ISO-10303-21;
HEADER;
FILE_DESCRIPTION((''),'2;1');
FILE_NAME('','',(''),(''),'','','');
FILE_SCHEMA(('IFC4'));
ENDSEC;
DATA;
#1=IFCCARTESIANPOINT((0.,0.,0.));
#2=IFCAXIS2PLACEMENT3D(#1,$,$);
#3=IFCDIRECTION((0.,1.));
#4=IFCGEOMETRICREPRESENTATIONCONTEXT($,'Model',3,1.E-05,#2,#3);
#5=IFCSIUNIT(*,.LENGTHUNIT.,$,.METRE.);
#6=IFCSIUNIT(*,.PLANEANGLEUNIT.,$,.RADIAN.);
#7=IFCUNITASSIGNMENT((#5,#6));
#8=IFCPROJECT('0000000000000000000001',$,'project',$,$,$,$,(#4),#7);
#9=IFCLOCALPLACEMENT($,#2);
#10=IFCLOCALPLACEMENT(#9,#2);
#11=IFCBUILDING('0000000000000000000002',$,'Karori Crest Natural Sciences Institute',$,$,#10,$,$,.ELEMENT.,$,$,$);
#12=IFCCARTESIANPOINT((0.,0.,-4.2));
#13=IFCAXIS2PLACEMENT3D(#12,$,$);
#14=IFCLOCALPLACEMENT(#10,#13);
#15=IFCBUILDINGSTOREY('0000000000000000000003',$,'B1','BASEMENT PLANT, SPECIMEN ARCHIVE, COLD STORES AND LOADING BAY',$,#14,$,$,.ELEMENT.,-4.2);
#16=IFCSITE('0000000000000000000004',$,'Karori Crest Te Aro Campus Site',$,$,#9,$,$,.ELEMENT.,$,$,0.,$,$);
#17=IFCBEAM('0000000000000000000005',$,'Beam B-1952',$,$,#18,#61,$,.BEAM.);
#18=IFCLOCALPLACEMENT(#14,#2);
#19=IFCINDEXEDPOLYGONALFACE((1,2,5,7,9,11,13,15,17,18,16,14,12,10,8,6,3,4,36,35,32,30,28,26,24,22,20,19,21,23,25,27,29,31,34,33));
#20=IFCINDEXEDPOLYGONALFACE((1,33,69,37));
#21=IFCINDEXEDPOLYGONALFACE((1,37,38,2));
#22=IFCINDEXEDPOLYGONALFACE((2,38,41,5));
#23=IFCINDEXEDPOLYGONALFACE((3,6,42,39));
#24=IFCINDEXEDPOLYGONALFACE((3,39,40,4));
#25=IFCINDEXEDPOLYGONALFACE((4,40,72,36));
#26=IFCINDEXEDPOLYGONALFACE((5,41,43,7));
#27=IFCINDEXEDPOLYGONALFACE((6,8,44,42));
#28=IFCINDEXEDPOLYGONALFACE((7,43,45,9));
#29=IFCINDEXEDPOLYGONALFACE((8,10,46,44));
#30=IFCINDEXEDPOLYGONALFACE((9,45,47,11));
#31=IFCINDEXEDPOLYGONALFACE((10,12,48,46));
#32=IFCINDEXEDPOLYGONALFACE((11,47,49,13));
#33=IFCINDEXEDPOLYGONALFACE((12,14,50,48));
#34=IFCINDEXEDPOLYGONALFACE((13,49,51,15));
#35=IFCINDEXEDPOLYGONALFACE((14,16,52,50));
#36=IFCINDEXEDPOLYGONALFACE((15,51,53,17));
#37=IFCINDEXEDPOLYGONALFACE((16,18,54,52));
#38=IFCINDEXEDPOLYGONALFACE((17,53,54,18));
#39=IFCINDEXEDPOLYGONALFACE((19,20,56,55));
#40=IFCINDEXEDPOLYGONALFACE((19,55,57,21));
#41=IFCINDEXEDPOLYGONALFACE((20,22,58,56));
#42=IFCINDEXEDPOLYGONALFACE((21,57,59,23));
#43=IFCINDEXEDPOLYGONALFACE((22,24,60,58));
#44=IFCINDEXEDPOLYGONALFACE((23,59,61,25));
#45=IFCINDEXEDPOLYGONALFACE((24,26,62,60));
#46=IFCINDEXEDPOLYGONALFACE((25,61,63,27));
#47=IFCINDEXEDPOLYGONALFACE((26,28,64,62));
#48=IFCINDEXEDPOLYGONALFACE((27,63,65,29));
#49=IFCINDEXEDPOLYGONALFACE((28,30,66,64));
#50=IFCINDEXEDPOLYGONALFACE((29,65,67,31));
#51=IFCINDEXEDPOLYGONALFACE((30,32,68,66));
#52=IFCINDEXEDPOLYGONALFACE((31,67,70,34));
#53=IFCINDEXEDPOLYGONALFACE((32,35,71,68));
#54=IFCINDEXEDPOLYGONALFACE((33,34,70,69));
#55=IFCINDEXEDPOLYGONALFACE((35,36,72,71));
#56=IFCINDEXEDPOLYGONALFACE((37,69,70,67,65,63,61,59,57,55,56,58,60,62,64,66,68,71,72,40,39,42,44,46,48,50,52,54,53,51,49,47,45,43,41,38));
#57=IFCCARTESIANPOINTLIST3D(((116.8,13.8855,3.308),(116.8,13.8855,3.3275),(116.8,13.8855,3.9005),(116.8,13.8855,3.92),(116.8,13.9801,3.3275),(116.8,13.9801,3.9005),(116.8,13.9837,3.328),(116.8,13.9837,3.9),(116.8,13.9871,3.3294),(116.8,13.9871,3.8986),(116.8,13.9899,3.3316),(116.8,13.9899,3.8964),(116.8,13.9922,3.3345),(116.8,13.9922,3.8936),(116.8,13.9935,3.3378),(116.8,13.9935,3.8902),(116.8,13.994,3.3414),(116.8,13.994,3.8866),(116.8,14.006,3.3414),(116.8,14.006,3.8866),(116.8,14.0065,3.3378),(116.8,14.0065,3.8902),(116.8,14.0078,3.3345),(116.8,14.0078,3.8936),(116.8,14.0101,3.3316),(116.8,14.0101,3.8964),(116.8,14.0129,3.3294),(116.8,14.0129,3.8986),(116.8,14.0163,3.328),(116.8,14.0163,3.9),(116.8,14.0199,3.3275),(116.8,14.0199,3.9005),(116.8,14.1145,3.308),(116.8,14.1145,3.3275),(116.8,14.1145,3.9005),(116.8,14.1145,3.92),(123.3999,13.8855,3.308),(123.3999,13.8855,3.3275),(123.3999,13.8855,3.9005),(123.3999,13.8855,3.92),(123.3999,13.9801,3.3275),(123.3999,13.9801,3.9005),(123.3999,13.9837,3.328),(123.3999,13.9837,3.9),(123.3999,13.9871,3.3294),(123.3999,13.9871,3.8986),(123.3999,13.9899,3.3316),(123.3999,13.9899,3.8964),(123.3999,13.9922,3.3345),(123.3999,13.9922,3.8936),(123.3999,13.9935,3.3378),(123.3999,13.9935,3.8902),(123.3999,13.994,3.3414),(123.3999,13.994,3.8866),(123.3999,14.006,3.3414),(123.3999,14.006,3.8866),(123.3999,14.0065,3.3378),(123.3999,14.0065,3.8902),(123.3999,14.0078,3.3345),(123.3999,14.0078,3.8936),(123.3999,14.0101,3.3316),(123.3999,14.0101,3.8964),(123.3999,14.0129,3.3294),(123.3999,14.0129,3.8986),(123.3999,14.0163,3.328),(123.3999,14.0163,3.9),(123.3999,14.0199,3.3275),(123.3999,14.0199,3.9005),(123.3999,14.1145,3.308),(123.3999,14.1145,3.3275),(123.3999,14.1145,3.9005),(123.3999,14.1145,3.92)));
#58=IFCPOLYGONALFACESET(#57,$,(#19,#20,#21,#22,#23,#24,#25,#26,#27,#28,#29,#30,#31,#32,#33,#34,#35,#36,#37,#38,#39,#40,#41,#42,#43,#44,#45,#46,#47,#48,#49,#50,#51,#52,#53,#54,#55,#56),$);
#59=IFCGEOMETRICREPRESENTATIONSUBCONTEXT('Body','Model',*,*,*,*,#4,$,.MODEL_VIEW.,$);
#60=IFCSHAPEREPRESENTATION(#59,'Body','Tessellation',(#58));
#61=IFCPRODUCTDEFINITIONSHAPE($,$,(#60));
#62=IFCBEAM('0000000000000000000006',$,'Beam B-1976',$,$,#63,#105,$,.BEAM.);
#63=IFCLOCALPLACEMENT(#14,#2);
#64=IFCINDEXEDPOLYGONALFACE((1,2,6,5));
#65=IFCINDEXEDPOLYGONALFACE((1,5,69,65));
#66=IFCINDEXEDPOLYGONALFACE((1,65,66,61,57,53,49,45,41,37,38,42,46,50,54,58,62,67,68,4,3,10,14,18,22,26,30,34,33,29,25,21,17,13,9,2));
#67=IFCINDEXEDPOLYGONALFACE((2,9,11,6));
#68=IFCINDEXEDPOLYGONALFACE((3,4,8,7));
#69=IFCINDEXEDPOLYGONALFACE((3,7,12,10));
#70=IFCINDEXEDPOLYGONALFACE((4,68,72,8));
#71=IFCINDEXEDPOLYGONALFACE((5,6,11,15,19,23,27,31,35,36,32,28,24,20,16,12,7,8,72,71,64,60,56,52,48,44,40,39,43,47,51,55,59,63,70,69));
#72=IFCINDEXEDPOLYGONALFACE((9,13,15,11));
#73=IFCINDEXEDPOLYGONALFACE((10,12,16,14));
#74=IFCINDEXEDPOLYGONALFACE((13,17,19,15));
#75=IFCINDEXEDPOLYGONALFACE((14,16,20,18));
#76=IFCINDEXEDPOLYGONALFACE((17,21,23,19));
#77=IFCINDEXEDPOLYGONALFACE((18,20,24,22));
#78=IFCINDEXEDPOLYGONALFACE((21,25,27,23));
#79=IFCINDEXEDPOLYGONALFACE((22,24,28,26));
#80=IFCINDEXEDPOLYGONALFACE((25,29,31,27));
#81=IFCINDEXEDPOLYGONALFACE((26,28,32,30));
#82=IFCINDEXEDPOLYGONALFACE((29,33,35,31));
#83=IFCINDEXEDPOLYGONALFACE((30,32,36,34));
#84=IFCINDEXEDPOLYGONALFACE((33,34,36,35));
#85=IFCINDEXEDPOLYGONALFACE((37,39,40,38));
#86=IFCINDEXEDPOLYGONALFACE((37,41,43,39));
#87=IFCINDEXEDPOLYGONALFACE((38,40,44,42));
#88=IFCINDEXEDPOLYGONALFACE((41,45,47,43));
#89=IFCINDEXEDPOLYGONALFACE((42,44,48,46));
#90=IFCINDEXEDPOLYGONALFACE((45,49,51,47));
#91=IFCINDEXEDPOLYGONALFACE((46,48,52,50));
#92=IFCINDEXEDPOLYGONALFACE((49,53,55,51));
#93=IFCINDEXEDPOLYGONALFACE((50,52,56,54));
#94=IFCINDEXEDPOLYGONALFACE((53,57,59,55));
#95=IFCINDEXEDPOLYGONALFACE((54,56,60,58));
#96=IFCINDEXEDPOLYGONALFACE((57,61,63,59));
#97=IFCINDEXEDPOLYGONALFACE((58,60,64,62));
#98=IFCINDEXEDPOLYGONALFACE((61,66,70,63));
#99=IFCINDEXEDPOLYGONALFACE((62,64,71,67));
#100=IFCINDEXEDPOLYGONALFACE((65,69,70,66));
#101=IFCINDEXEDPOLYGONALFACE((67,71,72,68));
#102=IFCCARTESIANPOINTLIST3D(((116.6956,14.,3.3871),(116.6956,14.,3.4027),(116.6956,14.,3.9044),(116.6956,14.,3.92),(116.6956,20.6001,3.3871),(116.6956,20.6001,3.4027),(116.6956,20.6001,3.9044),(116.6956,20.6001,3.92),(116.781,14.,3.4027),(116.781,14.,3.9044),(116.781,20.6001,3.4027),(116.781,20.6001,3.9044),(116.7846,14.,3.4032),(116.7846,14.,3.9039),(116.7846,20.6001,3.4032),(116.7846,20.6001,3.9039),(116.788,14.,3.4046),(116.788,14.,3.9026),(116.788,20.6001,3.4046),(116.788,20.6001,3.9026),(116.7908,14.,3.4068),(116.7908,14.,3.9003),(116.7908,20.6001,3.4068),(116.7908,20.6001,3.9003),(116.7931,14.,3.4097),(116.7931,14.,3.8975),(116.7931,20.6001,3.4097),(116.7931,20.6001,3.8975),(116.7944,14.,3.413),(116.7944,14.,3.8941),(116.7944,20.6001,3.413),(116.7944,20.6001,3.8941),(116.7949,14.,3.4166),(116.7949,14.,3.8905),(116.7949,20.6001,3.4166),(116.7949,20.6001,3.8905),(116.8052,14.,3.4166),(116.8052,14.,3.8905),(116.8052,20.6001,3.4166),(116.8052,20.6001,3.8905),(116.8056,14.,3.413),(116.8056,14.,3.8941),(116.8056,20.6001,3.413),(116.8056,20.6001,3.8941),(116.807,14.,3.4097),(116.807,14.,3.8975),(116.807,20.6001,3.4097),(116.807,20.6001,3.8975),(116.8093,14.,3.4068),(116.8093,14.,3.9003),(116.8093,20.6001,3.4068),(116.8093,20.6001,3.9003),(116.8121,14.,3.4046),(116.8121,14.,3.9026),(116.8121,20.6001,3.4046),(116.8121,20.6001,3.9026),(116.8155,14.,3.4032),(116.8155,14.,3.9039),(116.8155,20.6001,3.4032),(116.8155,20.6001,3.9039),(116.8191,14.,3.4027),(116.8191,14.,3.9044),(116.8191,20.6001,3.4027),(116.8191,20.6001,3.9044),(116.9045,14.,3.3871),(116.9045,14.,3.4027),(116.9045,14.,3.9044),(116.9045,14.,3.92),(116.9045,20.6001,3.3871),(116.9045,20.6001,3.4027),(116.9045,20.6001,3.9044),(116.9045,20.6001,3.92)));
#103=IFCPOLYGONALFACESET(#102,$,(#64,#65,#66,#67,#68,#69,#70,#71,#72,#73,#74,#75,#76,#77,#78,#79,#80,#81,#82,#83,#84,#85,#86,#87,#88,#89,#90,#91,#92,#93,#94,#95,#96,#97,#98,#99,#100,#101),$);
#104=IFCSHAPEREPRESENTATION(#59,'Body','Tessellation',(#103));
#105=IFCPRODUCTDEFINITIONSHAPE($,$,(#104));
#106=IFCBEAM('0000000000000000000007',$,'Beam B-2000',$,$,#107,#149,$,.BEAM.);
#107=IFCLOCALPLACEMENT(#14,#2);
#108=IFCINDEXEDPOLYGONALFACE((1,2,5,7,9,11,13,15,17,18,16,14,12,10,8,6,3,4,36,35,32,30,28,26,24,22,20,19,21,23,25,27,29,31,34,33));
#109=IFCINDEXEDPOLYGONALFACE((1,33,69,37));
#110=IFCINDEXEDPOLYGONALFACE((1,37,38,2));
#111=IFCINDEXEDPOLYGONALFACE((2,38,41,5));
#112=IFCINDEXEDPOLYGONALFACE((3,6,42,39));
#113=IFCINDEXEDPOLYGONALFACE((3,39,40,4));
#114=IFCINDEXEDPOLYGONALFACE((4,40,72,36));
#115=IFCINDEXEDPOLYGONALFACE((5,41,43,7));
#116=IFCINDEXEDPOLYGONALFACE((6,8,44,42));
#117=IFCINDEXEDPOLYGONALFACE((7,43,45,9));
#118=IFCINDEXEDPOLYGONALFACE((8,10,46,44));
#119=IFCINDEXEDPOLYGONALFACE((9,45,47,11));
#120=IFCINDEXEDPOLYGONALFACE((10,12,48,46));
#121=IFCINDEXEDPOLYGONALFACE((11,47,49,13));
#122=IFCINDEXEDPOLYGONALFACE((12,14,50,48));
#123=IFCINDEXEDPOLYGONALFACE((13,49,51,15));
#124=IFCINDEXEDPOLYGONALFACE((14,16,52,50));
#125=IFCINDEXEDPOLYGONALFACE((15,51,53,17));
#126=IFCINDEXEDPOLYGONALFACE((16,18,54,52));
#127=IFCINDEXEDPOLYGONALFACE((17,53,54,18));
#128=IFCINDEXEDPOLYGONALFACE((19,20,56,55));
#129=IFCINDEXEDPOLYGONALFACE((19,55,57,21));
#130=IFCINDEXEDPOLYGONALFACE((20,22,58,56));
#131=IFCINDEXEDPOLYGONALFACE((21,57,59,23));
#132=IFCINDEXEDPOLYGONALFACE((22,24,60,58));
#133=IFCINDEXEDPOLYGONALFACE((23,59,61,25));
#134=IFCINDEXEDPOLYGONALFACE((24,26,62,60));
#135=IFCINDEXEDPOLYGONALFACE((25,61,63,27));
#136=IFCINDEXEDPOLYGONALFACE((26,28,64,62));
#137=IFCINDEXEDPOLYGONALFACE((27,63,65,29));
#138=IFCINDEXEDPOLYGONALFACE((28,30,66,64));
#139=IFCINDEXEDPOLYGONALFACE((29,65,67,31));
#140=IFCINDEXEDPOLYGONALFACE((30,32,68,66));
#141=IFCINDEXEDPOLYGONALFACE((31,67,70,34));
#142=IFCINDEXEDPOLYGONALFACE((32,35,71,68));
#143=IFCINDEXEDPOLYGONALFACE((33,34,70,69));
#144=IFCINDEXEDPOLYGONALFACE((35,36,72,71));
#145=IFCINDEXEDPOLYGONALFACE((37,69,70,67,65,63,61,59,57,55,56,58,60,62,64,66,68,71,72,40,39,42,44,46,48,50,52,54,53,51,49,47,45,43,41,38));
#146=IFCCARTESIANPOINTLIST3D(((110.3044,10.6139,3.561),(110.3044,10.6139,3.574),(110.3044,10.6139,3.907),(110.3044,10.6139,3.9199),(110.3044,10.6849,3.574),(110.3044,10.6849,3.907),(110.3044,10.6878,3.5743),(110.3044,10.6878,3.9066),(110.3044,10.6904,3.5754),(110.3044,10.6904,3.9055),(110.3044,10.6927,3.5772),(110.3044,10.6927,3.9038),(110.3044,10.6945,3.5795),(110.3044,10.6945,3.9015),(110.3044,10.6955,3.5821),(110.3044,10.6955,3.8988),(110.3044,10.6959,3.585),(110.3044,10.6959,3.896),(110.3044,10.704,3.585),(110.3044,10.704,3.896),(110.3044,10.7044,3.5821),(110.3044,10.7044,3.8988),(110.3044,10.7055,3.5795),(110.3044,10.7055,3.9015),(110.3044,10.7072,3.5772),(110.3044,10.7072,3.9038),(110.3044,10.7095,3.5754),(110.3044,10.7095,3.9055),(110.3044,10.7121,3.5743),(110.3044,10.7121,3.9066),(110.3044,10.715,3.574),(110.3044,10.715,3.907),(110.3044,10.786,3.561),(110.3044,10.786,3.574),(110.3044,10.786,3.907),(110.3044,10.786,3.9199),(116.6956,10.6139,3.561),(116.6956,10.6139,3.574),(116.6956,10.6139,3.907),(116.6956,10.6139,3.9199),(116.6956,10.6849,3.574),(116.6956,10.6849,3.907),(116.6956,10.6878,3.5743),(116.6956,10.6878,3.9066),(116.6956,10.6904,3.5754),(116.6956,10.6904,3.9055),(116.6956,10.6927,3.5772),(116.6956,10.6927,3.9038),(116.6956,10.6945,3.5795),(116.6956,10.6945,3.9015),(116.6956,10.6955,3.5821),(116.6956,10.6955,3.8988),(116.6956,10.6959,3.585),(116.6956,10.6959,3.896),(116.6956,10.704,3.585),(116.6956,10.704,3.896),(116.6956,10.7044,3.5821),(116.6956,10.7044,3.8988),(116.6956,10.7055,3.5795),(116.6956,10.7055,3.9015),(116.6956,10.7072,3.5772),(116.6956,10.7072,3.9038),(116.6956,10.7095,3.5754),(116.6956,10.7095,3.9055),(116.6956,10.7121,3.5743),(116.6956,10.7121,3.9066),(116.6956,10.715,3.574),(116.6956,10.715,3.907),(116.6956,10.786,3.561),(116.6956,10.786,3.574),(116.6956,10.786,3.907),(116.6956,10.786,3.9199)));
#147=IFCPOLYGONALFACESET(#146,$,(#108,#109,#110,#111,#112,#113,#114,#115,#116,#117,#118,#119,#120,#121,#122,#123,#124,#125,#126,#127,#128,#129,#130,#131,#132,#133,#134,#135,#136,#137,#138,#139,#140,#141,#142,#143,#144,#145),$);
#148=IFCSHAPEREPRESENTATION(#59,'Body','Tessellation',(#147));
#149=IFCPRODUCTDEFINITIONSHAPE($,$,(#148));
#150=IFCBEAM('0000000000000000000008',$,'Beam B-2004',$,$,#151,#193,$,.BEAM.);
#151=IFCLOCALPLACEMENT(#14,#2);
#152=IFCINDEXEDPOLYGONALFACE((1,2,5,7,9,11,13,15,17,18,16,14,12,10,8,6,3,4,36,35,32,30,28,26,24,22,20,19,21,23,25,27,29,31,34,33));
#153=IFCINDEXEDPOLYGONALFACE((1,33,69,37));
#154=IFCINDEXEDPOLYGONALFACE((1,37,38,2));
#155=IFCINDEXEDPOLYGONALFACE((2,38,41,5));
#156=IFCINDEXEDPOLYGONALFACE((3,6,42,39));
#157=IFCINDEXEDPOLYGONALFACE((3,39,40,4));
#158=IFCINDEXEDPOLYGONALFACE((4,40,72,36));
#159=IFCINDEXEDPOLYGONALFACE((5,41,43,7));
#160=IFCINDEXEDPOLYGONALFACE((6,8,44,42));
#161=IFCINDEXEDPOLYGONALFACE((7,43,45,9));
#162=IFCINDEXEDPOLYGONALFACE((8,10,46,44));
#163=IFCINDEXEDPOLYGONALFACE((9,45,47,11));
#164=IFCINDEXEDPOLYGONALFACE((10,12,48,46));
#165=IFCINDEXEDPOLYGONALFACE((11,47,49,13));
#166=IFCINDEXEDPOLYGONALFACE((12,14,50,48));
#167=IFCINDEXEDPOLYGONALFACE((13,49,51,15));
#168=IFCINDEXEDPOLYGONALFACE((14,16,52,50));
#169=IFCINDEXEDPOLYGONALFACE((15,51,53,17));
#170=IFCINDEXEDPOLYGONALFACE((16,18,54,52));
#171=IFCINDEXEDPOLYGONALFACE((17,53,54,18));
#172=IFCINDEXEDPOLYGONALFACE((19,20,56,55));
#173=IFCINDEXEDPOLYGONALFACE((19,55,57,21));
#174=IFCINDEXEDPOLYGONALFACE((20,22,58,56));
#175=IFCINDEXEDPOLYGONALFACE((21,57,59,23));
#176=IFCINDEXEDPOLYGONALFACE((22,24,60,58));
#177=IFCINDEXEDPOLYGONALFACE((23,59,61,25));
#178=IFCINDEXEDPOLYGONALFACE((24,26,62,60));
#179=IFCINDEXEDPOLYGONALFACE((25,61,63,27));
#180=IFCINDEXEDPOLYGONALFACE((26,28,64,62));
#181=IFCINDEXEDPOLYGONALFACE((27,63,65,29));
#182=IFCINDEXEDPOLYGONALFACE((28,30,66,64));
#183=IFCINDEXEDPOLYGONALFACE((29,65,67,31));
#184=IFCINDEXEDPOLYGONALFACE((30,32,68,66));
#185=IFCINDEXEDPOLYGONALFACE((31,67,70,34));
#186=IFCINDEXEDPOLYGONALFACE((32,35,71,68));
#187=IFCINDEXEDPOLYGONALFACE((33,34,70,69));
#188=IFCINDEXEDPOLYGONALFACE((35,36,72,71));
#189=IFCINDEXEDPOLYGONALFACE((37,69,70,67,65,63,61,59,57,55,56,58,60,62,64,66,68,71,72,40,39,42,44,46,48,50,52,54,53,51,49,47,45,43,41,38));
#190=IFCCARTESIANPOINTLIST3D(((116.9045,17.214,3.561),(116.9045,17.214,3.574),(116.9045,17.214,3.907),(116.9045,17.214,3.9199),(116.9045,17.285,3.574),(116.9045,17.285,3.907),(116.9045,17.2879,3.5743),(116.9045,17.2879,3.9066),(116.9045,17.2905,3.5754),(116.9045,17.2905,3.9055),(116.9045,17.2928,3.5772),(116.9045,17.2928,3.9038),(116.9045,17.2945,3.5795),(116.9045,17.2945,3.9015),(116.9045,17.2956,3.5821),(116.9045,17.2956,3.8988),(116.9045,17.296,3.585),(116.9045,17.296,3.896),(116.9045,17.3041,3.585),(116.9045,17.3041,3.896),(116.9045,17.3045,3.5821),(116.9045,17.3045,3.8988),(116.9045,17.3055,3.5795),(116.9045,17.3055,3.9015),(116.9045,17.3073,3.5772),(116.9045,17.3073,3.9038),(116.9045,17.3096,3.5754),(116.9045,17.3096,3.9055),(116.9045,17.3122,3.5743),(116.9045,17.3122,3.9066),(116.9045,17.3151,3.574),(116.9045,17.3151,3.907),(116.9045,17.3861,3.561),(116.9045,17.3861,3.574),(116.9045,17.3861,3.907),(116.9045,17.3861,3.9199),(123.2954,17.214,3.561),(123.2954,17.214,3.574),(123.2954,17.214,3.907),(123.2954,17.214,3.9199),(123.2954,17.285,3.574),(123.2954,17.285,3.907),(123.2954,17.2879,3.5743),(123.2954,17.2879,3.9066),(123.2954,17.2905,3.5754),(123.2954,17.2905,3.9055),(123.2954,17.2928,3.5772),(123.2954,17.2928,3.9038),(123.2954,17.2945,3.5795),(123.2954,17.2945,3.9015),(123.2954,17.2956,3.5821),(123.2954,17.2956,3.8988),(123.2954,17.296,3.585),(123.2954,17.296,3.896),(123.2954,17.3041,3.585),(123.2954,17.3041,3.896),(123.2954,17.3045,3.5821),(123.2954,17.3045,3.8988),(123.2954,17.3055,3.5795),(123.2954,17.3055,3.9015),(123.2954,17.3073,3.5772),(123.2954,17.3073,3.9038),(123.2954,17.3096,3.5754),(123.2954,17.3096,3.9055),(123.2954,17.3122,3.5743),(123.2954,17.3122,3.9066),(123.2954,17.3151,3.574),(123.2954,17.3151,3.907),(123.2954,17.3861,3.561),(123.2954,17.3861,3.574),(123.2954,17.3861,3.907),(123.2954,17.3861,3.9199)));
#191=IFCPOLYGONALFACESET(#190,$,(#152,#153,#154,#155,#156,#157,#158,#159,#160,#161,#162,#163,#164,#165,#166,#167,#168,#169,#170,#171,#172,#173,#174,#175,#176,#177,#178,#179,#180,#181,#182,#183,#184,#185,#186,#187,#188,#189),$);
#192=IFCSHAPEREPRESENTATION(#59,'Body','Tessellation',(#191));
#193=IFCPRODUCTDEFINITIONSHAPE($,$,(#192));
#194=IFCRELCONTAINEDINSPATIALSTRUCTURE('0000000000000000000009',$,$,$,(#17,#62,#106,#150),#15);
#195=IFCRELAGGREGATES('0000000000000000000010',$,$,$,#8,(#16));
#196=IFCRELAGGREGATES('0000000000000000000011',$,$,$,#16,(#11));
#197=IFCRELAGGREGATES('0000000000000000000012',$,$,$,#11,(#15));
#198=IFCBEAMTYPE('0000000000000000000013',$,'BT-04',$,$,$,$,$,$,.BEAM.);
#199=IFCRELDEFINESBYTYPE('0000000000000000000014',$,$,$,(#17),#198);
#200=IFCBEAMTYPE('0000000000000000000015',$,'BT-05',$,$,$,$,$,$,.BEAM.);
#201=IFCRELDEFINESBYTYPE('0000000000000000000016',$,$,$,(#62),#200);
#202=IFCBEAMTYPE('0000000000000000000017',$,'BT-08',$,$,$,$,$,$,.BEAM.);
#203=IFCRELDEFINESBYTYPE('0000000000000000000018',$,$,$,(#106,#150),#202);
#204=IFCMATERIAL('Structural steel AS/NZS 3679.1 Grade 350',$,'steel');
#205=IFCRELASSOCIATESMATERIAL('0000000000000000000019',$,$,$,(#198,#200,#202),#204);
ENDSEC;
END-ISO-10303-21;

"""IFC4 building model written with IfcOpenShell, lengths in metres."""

from ifc_helpers import new_model, si_unit, direction, frame, origin, origin_2d, place, context, subcontext, project, spatial, i_section, extrude, material, material_profile, profile_set, type_object, element, save


model = new_model("IFC4")

# Units and contexts
model_context = context("Model", 3, precision=1e-05, world=origin(), true_north=direction((0.0, 1.0)))
body_context = subcontext(model_context, "Body", "Model", "MODEL_VIEW")
ifc_project = project(units=[si_unit("LENGTHUNIT", "METRE"), si_unit("PLANEANGLEUNIT", "RADIAN")], contexts=[model_context])

# Site, building, storey
site_placement = place(None, origin())
site = spatial("IfcSite", under=ifc_project, at=site_placement, Name="Karori Crest Te Aro Campus Site", CompositionType="ELEMENT", RefElevation=0.0)
building_placement = place(site_placement, origin())
building = spatial("IfcBuilding", under=site, at=building_placement, Name="Karori Crest Natural Sciences Institute", CompositionType="ELEMENT")
storey_placement = place(building_placement, frame((0.0, 0.0, -4.2)))
storey = spatial("IfcBuildingStorey", under=building, at=storey_placement, Name="B1", Description="BASEMENT PLANT, SPECIMEN ARCHIVE, COLD STORES AND LOADING BAY", CompositionType="ELEMENT", Elevation=-4.2)

# Shared definitions
ifc_material_1 = material(Name="Structural steel AS/NZS 3679.1 Grade 350", Category="steel")

# Beams
ifc_material_profile_1 = material_profile(ifc_material_1, i_section(OverallWidth=0.229, OverallDepth=0.6121, WebThickness=0.012, FlangeThickness=0.0195, FilletRadius=0.0139, at=origin_2d()), Name="610UB125")
ifc_profile_set_1 = profile_set([ifc_material_profile_1], Name="Structural steel AS/NZS 3679.1 Grade 350")
beam_type_1 = type_object("IfcBeamType", Name="BT-04", PredefinedType="BEAM", material=ifc_profile_set_1)
beam_1_placement = place(storey_placement, frame((116.8, 14.0, 3.614), z_axis=(1.0, 0.0, 0.0), x_axis=(0.0, 1.0, 0.0)))
element("IfcBeam", 1, at=beam_1_placement, inside=storey, type_object=beam_type_1, Name="Beam B-1952", PredefinedType="BEAM", context=body_context, shape_type="SweptSolid", body=[
    extrude(i_section(OverallWidth=0.229, OverallDepth=0.6121, WebThickness=0.012, FlangeThickness=0.0195, FilletRadius=0.0139, at=origin_2d()), origin(), (0.0, 0.0, 1.0), 6.5999),
])
ifc_material_profile_2 = material_profile(ifc_material_1, i_section(OverallWidth=0.209, OverallDepth=0.533, WebThickness=0.0103, FlangeThickness=0.0156, FilletRadius=0.0139, at=origin_2d()), Name="530UB92.4")
ifc_profile_set_2 = profile_set([ifc_material_profile_2], Name="Structural steel AS/NZS 3679.1 Grade 350")
beam_type_2 = type_object("IfcBeamType", Name="BT-05", PredefinedType="BEAM", material=ifc_profile_set_2)
beam_2_placement = place(storey_placement, frame((116.8, 14.0, 3.6536), z_axis=(0.0, 1.0, 0.0), x_axis=(-1.0, 0.0, 0.0)))
element("IfcBeam", 2, at=beam_2_placement, inside=storey, type_object=beam_type_2, Name="Beam B-1976", PredefinedType="BEAM", context=body_context, shape_type="SweptSolid", body=[
    extrude(i_section(OverallWidth=0.209, OverallDepth=0.533, WebThickness=0.0103, FlangeThickness=0.0156, FilletRadius=0.0139, at=origin_2d()), origin(), (0.0, 0.0, 1.0), 6.6001),
])
ifc_material_profile_3 = material_profile(ifc_material_1, i_section(OverallWidth=0.1721, OverallDepth=0.3589, WebThickness=0.0081, FlangeThickness=0.0129, FilletRadius=0.011, at=origin_2d()), Name="360UB56.7")
ifc_profile_set_3 = profile_set([ifc_material_profile_3], Name="Structural steel AS/NZS 3679.1 Grade 350")
beam_type_3 = type_object("IfcBeamType", Name="BT-08", PredefinedType="BEAM", material=ifc_profile_set_3)
beam_3_placement = place(storey_placement, frame((110.3044, 10.7, 3.7405), z_axis=(1.0, 0.0, 0.0), x_axis=(0.0, 1.0, 0.0)))
element("IfcBeam", 3, at=beam_3_placement, inside=storey, type_object=beam_type_3, Name="Beam B-2000", PredefinedType="BEAM", context=body_context, shape_type="SweptSolid", body=[
    extrude(i_section(OverallWidth=0.1721, OverallDepth=0.3589, WebThickness=0.0081, FlangeThickness=0.0129, FilletRadius=0.011, at=origin_2d()), origin(), (0.0, 0.0, 1.0), 6.3911),
])
beam_4_placement = place(storey_placement, frame((116.9045, 17.3, 3.7405), z_axis=(1.0, 0.0, 0.0), x_axis=(0.0, 1.0, 0.0)))
element("IfcBeam", 4, at=beam_4_placement, inside=storey, type_object=beam_type_3, Name="Beam B-2004", PredefinedType="BEAM", context=body_context, shape_type="SweptSolid", body=[
    extrude(i_section(OverallWidth=0.1721, OverallDepth=0.3589, WebThickness=0.0081, FlangeThickness=0.0129, FilletRadius=0.011, at=origin_2d()), origin(), (0.0, 0.0, 1.0), 6.3909),
])

save(model, "model.ifc")
